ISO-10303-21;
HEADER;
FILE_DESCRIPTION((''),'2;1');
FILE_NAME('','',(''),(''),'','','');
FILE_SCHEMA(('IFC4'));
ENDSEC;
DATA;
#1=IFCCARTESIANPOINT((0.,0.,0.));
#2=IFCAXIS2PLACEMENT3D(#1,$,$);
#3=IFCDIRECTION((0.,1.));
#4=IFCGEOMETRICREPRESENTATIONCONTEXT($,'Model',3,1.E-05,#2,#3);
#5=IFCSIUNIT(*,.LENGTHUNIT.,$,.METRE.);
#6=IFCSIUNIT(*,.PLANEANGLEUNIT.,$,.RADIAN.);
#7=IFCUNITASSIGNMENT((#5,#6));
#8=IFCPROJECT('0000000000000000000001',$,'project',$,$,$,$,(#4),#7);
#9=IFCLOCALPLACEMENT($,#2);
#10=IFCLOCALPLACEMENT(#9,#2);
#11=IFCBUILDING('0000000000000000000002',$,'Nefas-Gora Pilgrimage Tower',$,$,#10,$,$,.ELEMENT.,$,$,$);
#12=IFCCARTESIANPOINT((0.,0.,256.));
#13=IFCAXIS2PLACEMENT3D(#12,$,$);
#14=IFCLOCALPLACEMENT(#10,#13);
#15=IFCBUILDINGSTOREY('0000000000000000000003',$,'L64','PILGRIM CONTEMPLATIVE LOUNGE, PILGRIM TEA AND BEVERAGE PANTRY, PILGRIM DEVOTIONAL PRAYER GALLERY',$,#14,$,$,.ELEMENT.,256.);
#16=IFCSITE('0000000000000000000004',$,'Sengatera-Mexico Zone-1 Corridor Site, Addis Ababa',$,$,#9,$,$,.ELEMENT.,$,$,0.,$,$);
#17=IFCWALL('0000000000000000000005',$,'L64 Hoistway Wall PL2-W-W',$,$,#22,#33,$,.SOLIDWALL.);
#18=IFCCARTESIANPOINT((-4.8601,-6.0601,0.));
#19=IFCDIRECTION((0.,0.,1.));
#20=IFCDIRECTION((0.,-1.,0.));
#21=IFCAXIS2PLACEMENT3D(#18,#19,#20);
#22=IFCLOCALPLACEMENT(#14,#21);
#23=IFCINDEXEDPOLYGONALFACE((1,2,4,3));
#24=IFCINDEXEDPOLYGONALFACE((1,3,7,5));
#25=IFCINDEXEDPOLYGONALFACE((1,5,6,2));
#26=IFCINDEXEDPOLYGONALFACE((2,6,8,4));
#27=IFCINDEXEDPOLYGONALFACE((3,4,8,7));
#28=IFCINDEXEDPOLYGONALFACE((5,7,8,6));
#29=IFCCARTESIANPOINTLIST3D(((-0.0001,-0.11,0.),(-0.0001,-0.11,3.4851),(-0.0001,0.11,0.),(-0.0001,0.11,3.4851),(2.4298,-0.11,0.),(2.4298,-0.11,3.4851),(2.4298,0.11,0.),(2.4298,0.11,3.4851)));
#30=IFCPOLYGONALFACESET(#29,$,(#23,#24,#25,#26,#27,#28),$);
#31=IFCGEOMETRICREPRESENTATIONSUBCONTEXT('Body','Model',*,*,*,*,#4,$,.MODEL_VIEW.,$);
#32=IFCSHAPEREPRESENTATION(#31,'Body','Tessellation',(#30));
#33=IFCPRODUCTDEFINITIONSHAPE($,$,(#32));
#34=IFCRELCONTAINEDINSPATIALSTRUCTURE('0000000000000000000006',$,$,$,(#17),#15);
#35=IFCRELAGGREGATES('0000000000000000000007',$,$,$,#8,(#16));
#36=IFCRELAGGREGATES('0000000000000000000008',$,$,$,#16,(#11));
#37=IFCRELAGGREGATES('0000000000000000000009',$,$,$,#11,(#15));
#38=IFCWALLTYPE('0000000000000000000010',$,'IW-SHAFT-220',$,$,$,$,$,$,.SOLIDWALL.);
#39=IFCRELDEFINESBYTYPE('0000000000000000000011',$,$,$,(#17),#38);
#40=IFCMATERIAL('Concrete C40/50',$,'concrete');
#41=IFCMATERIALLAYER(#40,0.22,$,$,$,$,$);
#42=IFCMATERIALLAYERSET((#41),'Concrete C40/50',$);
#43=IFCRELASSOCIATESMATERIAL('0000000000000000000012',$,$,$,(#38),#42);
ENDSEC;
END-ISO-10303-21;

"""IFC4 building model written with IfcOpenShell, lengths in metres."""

from ifc_helpers import new_model, si_unit, direction, frame, frame_2d, origin, place, context, subcontext, project, spatial, rectangle, extrude, source, transform, mapped, material, layer, layer_set, type_object, element, save


model = new_model("IFC4")

# Units and contexts
model_context = context("Model", 3, precision=1e-05, world=origin(), true_north=direction((0.0, 1.0)))
body_context = subcontext(model_context, "Body", "Model", "MODEL_VIEW")
ifc_project = project(units=[si_unit("LENGTHUNIT", "METRE"), si_unit("PLANEANGLEUNIT", "RADIAN")], contexts=[model_context])

# Site, building, storey
site_placement = place(None, origin())
site = spatial("IfcSite", under=ifc_project, at=site_placement, Name="Sengatera-Mexico Zone-1 Corridor Site, Addis Ababa", CompositionType="ELEMENT", RefElevation=0.0)
building_placement = place(site_placement, origin())
building = spatial("IfcBuilding", under=site, at=building_placement, Name="Nefas-Gora Pilgrimage Tower", CompositionType="ELEMENT")
storey_placement = place(building_placement, frame((0.0, 0.0, 256.0)))
storey = spatial("IfcBuildingStorey", under=building, at=storey_placement, Name="L64", Description="PILGRIM CONTEMPLATIVE LOUNGE, PILGRIM TEA AND BEVERAGE PANTRY, PILGRIM DEVOTIONAL PRAYER GALLERY", CompositionType="ELEMENT", Elevation=256.0)

# Shared definitions
ifc_material_1 = material(Name="Concrete C40/50", Category="concrete")
ifc_layer_1 = layer(ifc_material_1, 0.22)
ifc_layer_set_1 = layer_set([ifc_layer_1], Name="Concrete C40/50")
wall_type_1 = type_object("IfcWallType", Name="IW-SHAFT-220", PredefinedType="SOLIDWALL", material=ifc_layer_set_1)

# Wall
shared_shape_1 = source(origin(), body_context, "Body", "SweptSolid", [
    extrude(rectangle(XDim=2.4299, YDim=0.22, at=frame_2d((1.2148, 0.0))), origin(), (0.0, 0.0, 1.0), 3.4851),
])
for number, where, z_axis, x_axis, name in (
    (1, (-4.8601, -6.0601, 0.0), (0.0, 0.0, 1.0), (0.0, -1.0, 0.0), "L64 Hoistway Wall PL2-W-W"),
):
    element("IfcWall", number, at=place(storey_placement, frame(where, z_axis=z_axis, x_axis=x_axis)), inside=storey, type_object=wall_type_1, Name=name, PredefinedType="SOLIDWALL", context=body_context, shape_type="MappedRepresentation", body=[
        mapped(shared_shape_1, transform((0.0, 0.0, 0.0), x_axis=(1.0, 0.0, 0.0), y_axis=(0.0, 1.0, 0.0), z_axis=(0.0, 0.0, 1.0), scale=1.0)),
    ])

save(model, "model.ifc")
